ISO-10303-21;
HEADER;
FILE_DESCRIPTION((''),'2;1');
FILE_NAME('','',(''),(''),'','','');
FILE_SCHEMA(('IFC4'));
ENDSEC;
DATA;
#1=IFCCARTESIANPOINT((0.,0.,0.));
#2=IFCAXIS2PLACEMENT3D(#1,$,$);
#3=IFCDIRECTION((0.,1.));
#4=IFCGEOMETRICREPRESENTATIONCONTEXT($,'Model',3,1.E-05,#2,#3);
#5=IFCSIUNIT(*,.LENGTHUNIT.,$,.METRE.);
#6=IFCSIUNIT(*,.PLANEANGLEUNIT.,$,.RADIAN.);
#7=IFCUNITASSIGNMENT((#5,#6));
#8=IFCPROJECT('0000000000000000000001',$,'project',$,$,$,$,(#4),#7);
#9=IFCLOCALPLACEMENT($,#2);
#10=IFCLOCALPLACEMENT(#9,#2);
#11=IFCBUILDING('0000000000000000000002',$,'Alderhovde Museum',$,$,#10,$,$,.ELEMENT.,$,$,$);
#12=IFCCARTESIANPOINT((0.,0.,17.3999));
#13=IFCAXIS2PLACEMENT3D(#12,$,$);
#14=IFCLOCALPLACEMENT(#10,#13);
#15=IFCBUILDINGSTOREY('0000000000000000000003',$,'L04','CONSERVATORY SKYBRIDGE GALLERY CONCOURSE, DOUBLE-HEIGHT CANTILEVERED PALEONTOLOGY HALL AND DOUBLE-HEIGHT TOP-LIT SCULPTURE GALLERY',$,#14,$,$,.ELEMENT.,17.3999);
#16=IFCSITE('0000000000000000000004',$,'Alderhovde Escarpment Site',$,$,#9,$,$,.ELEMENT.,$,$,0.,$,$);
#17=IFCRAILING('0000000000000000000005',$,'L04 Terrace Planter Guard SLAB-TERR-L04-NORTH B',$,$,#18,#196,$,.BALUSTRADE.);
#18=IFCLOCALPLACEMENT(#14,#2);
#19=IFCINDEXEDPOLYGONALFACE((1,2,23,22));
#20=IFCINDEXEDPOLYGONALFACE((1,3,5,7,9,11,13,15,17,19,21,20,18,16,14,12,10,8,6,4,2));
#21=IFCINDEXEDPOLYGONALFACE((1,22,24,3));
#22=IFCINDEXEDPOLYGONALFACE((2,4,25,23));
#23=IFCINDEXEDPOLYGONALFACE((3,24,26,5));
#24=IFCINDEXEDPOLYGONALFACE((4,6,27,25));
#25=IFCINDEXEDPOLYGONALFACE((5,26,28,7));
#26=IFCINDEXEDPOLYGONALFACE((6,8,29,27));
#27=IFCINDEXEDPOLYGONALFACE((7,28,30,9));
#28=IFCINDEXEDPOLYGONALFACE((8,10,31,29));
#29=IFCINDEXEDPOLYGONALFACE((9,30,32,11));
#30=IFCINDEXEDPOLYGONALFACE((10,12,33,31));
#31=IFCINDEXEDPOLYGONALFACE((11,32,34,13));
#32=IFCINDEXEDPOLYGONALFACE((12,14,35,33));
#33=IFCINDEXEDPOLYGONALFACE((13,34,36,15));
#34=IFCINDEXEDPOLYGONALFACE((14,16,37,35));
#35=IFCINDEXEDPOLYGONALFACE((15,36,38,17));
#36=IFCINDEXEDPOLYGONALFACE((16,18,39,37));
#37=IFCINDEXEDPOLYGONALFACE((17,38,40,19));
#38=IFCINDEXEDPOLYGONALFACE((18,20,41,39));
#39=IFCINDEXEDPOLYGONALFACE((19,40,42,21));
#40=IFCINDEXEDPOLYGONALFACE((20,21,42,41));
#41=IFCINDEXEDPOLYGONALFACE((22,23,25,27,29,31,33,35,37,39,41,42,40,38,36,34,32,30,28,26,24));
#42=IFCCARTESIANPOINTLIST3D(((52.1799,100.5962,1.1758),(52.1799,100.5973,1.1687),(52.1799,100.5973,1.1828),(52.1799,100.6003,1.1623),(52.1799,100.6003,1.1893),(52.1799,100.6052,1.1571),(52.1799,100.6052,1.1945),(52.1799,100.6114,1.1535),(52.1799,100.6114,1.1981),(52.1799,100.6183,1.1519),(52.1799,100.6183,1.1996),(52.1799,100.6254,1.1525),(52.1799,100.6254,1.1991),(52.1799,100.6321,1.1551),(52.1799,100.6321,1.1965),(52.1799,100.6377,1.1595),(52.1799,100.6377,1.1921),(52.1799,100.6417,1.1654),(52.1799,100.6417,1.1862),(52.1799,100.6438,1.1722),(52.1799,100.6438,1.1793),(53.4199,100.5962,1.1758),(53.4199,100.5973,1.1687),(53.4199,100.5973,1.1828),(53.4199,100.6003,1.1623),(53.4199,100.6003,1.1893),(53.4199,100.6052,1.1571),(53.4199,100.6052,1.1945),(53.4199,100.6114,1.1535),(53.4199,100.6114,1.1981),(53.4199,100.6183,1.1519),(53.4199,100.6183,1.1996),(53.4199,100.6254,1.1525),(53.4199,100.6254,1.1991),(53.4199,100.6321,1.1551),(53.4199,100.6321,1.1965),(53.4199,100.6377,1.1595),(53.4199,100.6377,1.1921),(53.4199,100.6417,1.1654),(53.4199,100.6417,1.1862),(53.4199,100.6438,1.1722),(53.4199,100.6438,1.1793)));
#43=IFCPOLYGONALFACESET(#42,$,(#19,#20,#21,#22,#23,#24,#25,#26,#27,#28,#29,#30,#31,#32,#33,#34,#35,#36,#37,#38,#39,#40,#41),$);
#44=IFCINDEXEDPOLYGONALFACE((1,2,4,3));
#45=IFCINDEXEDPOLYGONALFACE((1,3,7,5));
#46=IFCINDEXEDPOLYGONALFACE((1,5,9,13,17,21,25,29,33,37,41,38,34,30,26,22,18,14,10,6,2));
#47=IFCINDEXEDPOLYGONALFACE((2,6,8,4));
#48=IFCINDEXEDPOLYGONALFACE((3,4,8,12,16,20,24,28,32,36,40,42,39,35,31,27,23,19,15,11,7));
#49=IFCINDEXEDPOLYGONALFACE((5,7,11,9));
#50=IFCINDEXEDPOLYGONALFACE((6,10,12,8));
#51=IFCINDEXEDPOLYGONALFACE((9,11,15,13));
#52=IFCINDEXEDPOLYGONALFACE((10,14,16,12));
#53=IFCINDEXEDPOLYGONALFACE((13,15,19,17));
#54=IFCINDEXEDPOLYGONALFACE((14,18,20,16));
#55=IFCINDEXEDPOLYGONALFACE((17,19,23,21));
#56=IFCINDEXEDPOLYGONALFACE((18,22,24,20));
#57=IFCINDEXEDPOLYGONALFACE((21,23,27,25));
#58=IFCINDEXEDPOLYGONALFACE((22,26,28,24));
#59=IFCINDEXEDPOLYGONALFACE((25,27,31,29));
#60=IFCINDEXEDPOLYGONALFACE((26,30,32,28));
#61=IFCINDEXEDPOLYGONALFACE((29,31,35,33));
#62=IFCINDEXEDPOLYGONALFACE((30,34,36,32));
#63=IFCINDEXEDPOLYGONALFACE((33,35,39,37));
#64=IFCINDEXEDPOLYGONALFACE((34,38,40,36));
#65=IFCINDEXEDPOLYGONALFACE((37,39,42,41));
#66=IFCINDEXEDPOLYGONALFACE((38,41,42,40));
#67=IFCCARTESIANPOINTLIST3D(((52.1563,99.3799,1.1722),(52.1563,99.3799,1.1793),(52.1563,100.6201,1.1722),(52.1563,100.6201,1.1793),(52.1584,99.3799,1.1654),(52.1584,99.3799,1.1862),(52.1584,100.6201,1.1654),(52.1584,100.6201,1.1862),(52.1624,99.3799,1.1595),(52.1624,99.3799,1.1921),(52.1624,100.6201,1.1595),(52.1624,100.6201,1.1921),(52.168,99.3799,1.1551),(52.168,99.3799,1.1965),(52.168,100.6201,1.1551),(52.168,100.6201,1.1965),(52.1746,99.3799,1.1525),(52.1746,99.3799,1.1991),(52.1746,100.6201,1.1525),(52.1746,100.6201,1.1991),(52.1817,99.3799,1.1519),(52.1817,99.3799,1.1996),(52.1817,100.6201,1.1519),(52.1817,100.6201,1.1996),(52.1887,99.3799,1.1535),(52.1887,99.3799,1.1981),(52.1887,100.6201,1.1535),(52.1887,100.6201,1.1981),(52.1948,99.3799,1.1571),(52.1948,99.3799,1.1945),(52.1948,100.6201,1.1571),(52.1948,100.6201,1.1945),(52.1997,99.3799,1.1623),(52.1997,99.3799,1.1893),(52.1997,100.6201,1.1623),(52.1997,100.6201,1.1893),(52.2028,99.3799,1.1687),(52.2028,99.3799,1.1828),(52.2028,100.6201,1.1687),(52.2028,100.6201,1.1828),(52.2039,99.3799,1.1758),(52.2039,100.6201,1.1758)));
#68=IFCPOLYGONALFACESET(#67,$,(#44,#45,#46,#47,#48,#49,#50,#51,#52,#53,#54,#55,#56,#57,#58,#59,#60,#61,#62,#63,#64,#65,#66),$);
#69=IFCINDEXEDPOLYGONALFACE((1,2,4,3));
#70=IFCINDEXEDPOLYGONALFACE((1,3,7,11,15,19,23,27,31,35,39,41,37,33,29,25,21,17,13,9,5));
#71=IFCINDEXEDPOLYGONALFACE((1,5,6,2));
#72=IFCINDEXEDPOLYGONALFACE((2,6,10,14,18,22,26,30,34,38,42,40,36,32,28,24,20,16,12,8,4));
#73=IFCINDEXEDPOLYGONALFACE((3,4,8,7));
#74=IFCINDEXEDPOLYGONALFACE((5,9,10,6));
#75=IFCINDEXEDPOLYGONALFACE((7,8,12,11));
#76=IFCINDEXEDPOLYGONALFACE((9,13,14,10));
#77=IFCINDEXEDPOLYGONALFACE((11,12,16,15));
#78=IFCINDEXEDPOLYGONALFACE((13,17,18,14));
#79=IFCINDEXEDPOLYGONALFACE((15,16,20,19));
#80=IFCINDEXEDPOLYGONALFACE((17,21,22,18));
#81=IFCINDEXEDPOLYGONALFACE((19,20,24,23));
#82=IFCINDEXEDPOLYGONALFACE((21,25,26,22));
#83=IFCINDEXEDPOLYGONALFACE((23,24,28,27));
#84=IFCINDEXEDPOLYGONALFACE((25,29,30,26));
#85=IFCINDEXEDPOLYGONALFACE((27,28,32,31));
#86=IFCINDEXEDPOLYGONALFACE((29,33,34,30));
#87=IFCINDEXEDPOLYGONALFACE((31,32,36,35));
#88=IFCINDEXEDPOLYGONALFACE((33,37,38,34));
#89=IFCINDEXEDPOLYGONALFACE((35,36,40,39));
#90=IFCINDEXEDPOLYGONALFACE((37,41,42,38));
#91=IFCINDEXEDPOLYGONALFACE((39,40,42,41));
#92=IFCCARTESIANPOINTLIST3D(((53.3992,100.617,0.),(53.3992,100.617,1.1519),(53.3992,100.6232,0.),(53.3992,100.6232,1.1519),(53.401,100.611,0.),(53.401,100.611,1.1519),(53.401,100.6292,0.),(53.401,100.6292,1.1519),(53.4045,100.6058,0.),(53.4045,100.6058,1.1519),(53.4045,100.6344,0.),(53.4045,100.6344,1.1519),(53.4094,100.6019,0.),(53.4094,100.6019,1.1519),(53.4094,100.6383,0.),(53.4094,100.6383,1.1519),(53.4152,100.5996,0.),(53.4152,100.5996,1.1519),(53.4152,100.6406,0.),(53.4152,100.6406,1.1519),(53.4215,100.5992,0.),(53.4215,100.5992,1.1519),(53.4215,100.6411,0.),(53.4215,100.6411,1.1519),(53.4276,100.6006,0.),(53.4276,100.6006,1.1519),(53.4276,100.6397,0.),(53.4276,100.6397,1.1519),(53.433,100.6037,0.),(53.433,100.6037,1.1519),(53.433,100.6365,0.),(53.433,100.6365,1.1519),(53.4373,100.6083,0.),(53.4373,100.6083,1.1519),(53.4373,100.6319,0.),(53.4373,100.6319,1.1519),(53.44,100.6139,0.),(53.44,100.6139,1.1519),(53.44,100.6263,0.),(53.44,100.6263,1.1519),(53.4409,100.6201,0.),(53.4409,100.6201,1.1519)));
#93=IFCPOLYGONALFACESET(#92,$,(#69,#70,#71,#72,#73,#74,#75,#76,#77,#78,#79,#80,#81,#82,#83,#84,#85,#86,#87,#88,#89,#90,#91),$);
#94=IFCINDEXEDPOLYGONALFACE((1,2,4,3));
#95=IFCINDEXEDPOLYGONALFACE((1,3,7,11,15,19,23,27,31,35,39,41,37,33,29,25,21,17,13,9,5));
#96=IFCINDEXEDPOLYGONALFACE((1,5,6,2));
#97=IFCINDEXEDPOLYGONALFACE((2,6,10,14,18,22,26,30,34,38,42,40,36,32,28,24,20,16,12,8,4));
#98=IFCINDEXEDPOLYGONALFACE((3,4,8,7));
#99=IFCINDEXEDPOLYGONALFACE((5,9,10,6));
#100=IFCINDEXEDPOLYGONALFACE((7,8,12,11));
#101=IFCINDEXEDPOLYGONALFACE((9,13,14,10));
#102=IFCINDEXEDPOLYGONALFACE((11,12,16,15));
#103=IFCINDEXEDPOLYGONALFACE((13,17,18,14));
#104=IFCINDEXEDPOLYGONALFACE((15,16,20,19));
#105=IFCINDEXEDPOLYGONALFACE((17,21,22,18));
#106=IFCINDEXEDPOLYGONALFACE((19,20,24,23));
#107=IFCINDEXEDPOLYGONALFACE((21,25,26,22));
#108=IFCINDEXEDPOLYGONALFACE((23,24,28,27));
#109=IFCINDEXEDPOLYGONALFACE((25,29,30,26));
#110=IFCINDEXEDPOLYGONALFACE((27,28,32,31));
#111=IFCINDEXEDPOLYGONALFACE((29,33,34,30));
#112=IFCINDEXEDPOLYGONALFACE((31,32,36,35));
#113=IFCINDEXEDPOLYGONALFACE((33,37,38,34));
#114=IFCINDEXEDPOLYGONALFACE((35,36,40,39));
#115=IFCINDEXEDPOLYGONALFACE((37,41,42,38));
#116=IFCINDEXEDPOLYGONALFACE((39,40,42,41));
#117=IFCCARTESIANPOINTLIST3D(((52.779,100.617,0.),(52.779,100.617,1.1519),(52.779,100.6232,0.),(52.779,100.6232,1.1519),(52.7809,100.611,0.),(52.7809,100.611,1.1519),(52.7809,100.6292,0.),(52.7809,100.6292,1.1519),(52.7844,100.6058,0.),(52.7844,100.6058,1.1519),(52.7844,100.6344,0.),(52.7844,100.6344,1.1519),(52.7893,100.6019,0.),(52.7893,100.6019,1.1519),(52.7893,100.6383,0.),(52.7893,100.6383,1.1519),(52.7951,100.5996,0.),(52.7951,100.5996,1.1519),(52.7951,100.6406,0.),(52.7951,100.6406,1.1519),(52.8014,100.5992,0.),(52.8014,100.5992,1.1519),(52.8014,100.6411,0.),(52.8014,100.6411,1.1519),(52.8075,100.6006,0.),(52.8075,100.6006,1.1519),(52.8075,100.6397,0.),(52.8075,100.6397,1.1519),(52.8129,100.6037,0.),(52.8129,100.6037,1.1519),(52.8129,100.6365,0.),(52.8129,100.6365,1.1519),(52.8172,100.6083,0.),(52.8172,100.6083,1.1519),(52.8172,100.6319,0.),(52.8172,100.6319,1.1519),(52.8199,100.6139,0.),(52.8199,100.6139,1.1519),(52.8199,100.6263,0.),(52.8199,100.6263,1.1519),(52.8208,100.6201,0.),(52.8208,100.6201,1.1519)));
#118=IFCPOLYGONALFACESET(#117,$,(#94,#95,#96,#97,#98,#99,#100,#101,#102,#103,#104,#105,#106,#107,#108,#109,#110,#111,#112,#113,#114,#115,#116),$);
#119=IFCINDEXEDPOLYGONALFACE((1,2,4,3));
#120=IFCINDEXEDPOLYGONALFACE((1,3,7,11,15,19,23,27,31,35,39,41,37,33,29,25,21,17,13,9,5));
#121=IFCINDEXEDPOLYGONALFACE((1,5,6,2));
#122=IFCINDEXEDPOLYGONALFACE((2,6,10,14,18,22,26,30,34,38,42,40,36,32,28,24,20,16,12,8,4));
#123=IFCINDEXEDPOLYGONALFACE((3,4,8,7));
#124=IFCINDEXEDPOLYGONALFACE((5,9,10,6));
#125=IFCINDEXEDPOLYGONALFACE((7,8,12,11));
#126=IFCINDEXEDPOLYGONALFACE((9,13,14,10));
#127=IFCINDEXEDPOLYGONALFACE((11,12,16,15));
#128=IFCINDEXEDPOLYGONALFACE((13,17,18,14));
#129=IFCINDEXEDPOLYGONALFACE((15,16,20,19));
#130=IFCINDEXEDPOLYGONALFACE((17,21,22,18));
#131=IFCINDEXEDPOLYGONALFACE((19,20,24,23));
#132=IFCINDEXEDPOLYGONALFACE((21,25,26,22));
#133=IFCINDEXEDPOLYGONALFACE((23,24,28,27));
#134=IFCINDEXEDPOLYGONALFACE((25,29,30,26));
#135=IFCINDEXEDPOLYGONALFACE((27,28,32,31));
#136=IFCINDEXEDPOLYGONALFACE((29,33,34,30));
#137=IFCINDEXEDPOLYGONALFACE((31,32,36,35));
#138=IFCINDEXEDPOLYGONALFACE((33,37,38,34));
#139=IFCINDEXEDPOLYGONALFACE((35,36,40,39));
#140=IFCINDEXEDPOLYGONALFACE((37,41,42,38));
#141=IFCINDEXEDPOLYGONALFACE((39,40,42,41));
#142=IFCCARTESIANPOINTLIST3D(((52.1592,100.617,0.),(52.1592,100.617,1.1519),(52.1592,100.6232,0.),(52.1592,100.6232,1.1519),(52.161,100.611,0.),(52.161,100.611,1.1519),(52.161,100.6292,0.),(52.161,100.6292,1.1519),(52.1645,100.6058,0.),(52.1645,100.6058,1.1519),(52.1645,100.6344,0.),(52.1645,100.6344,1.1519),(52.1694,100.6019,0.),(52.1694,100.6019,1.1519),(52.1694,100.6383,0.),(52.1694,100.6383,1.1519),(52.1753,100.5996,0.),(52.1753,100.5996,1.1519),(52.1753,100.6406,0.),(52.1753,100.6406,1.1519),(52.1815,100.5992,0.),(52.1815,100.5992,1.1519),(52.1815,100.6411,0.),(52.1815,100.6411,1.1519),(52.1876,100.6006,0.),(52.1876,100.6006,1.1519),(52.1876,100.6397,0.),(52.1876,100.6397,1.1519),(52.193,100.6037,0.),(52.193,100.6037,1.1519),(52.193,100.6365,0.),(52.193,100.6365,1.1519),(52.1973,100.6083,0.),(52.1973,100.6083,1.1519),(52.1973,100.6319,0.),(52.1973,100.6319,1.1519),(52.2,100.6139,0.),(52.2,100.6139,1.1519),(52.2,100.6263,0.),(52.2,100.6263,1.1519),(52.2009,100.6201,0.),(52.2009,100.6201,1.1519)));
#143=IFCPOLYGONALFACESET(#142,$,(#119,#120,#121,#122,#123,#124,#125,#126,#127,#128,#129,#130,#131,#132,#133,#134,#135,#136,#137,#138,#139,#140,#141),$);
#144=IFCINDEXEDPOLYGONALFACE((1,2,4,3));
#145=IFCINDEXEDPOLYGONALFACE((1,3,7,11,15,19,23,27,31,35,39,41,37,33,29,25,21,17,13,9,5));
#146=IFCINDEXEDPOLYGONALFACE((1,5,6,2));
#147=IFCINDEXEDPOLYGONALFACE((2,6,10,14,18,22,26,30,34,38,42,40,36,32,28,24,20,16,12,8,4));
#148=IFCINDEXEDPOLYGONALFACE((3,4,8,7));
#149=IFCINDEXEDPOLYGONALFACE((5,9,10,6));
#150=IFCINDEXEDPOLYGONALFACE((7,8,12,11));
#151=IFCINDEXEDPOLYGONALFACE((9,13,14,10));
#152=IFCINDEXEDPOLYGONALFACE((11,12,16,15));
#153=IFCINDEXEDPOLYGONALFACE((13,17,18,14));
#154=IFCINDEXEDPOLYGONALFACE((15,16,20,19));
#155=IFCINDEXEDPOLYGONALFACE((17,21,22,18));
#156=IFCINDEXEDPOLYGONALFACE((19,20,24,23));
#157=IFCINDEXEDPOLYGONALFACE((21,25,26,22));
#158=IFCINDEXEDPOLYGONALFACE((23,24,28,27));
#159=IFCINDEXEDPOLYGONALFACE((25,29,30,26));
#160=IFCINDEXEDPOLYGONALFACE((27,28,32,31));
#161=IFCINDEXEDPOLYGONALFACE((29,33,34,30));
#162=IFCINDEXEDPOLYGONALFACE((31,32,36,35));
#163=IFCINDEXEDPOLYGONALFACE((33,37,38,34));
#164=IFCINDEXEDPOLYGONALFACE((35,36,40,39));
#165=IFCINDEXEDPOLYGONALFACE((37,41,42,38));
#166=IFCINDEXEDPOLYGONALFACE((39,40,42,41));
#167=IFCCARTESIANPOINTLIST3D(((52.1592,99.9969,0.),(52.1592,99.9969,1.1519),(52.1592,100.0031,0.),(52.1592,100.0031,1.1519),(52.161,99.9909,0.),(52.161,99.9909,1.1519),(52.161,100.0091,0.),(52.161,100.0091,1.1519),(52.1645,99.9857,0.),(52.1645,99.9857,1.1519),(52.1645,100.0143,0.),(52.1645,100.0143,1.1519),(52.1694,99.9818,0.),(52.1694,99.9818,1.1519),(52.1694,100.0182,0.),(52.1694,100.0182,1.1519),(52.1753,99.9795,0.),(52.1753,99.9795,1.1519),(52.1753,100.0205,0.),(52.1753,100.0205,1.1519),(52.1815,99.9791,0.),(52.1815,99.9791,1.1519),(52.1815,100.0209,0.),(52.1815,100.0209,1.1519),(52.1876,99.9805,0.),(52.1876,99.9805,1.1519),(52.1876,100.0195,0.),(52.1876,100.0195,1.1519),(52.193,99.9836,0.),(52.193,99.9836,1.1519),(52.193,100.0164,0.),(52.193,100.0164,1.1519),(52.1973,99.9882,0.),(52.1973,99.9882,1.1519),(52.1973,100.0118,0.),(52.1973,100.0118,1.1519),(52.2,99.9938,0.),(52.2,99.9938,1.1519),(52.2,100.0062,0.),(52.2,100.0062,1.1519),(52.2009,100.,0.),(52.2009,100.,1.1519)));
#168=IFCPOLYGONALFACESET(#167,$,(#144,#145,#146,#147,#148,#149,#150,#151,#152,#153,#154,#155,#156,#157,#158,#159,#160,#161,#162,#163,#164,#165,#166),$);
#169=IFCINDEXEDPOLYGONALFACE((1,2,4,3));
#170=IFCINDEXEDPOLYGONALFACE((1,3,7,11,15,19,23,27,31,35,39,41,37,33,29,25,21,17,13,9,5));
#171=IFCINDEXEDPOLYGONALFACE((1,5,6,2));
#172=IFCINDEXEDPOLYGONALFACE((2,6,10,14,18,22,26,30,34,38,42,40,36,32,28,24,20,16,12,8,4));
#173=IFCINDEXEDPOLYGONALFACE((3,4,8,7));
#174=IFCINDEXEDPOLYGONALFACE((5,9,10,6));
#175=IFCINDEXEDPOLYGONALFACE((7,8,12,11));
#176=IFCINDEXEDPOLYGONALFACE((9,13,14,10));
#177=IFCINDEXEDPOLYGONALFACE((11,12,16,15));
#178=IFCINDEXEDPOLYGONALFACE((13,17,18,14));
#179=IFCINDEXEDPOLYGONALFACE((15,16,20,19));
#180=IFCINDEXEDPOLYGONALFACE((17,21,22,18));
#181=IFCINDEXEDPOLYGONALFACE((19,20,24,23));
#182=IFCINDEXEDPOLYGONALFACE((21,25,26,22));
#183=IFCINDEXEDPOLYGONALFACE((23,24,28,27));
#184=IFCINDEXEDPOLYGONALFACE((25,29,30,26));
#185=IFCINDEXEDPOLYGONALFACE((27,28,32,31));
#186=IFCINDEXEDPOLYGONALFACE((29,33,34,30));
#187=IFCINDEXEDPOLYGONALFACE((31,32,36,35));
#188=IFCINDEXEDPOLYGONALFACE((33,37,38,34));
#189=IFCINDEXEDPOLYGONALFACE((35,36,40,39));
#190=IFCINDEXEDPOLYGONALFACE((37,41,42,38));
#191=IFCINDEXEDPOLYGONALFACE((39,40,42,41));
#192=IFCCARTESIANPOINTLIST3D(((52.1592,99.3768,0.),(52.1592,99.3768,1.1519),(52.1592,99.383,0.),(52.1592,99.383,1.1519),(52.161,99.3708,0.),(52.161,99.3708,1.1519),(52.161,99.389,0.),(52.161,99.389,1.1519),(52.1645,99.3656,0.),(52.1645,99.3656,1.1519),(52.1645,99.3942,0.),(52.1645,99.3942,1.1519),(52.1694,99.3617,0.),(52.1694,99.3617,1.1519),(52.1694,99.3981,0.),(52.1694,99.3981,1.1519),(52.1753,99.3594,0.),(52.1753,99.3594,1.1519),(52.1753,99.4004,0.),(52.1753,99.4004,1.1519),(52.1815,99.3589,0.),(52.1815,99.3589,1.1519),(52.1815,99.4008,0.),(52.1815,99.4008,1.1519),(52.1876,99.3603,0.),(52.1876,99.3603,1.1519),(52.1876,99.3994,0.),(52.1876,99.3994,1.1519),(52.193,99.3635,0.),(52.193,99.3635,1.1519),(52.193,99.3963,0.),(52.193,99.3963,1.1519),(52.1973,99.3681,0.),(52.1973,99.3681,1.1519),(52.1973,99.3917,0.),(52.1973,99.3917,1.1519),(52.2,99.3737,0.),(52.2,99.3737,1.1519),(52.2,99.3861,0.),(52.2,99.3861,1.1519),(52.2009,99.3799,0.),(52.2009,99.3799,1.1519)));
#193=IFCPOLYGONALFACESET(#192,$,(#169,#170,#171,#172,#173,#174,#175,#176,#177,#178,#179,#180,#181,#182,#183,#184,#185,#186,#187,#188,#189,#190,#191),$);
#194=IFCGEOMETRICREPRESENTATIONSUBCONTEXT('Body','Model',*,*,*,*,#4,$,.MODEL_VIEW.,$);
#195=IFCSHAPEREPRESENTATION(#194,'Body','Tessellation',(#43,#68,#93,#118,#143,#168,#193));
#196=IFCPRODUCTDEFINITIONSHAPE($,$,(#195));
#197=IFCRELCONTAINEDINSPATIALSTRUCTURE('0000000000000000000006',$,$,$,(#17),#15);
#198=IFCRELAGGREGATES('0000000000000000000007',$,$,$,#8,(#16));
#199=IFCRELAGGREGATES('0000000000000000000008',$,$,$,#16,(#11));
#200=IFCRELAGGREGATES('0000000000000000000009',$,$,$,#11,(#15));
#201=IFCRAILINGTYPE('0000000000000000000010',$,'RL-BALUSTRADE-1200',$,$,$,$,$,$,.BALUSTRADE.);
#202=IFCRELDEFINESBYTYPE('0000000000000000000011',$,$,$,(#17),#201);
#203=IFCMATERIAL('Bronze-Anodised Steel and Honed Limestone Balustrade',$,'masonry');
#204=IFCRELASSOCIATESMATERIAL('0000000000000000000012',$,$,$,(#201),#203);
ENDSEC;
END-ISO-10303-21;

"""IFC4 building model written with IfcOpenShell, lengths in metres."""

from ifc_helpers import new_model, si_unit, direction, frame, origin, origin_2d, place, context, subcontext, project, spatial, circle, extrude, material, type_object, element, save


model = new_model("IFC4")

# Units and contexts
model_context = context("Model", 3, precision=1e-05, world=origin(), true_north=direction((0.0, 1.0)))
body_context = subcontext(model_context, "Body", "Model", "MODEL_VIEW")
ifc_project = project(units=[si_unit("LENGTHUNIT", "METRE"), si_unit("PLANEANGLEUNIT", "RADIAN")], contexts=[model_context])

# Site, building, storey
site_placement = place(None, origin())
site = spatial("IfcSite", under=ifc_project, at=site_placement, Name="Alderhovde Escarpment Site", CompositionType="ELEMENT", RefElevation=0.0)
building_placement = place(site_placement, origin())
building = spatial("IfcBuilding", under=site, at=building_placement, Name="Alderhovde Museum", CompositionType="ELEMENT")
storey_placement = place(building_placement, frame((0.0, 0.0, 17.3999)))
storey = spatial("IfcBuildingStorey", under=building, at=storey_placement, Name="L04", Description="CONSERVATORY SKYBRIDGE GALLERY CONCOURSE, DOUBLE-HEIGHT CANTILEVERED PALEONTOLOGY HALL AND DOUBLE-HEIGHT TOP-LIT SCULPTURE GALLERY", CompositionType="ELEMENT", Elevation=17.3999)

# Railing
ifc_material_1 = material(Name="Bronze-Anodised Steel and Honed Limestone Balustrade", Category="masonry")
railing_type = type_object("IfcRailingType", Name="RL-BALUSTRADE-1200", PredefinedType="BALUSTRADE", material=ifc_material_1)
railing_1_placement = place(storey_placement, frame((53.4199, 100.6201, 0.0)))
element("IfcRailing", 1, at=railing_1_placement, inside=storey, type_object=railing_type, Name="L04 Terrace Planter Guard SLAB-TERR-L04-NORTH B", PredefinedType="BALUSTRADE", context=body_context, shape_type="SweptSolid", body=[
    extrude(circle(Radius=0.0239, at=origin_2d()), frame((0.0, 0.0, 1.1758), z_axis=(-1.0, 0.0, 0.0), x_axis=(0.0, -1.0, 0.0)), (0.0, 0.0, 1.0), 1.24),
    extrude(circle(Radius=0.0239, at=origin_2d()), frame((-1.24, 0.0, 1.1758), z_axis=(0.0, -1.0, 0.0), x_axis=(1.0, 0.0, 0.0)), (0.0, 0.0, 1.0), 1.2402),
    extrude(circle(Radius=0.021, at=origin_2d()), origin(), (0.0, 0.0, 1.0), 1.1519),
    extrude(circle(Radius=0.021, at=origin_2d()), frame((-0.6201, 0.0, 0.0)), (0.0, 0.0, 1.0), 1.1519),
    extrude(circle(Radius=0.021, at=origin_2d()), frame((-1.24, 0.0, 0.0)), (0.0, 0.0, 1.0), 1.1519),
    extrude(circle(Radius=0.021, at=origin_2d()), frame((-1.24, -0.6201, 0.0)), (0.0, 0.0, 1.0), 1.1519),
    extrude(circle(Radius=0.021, at=origin_2d()), frame((-1.24, -1.2402, 0.0)), (0.0, 0.0, 1.0), 1.1519),
])

save(model, "model.ifc")
